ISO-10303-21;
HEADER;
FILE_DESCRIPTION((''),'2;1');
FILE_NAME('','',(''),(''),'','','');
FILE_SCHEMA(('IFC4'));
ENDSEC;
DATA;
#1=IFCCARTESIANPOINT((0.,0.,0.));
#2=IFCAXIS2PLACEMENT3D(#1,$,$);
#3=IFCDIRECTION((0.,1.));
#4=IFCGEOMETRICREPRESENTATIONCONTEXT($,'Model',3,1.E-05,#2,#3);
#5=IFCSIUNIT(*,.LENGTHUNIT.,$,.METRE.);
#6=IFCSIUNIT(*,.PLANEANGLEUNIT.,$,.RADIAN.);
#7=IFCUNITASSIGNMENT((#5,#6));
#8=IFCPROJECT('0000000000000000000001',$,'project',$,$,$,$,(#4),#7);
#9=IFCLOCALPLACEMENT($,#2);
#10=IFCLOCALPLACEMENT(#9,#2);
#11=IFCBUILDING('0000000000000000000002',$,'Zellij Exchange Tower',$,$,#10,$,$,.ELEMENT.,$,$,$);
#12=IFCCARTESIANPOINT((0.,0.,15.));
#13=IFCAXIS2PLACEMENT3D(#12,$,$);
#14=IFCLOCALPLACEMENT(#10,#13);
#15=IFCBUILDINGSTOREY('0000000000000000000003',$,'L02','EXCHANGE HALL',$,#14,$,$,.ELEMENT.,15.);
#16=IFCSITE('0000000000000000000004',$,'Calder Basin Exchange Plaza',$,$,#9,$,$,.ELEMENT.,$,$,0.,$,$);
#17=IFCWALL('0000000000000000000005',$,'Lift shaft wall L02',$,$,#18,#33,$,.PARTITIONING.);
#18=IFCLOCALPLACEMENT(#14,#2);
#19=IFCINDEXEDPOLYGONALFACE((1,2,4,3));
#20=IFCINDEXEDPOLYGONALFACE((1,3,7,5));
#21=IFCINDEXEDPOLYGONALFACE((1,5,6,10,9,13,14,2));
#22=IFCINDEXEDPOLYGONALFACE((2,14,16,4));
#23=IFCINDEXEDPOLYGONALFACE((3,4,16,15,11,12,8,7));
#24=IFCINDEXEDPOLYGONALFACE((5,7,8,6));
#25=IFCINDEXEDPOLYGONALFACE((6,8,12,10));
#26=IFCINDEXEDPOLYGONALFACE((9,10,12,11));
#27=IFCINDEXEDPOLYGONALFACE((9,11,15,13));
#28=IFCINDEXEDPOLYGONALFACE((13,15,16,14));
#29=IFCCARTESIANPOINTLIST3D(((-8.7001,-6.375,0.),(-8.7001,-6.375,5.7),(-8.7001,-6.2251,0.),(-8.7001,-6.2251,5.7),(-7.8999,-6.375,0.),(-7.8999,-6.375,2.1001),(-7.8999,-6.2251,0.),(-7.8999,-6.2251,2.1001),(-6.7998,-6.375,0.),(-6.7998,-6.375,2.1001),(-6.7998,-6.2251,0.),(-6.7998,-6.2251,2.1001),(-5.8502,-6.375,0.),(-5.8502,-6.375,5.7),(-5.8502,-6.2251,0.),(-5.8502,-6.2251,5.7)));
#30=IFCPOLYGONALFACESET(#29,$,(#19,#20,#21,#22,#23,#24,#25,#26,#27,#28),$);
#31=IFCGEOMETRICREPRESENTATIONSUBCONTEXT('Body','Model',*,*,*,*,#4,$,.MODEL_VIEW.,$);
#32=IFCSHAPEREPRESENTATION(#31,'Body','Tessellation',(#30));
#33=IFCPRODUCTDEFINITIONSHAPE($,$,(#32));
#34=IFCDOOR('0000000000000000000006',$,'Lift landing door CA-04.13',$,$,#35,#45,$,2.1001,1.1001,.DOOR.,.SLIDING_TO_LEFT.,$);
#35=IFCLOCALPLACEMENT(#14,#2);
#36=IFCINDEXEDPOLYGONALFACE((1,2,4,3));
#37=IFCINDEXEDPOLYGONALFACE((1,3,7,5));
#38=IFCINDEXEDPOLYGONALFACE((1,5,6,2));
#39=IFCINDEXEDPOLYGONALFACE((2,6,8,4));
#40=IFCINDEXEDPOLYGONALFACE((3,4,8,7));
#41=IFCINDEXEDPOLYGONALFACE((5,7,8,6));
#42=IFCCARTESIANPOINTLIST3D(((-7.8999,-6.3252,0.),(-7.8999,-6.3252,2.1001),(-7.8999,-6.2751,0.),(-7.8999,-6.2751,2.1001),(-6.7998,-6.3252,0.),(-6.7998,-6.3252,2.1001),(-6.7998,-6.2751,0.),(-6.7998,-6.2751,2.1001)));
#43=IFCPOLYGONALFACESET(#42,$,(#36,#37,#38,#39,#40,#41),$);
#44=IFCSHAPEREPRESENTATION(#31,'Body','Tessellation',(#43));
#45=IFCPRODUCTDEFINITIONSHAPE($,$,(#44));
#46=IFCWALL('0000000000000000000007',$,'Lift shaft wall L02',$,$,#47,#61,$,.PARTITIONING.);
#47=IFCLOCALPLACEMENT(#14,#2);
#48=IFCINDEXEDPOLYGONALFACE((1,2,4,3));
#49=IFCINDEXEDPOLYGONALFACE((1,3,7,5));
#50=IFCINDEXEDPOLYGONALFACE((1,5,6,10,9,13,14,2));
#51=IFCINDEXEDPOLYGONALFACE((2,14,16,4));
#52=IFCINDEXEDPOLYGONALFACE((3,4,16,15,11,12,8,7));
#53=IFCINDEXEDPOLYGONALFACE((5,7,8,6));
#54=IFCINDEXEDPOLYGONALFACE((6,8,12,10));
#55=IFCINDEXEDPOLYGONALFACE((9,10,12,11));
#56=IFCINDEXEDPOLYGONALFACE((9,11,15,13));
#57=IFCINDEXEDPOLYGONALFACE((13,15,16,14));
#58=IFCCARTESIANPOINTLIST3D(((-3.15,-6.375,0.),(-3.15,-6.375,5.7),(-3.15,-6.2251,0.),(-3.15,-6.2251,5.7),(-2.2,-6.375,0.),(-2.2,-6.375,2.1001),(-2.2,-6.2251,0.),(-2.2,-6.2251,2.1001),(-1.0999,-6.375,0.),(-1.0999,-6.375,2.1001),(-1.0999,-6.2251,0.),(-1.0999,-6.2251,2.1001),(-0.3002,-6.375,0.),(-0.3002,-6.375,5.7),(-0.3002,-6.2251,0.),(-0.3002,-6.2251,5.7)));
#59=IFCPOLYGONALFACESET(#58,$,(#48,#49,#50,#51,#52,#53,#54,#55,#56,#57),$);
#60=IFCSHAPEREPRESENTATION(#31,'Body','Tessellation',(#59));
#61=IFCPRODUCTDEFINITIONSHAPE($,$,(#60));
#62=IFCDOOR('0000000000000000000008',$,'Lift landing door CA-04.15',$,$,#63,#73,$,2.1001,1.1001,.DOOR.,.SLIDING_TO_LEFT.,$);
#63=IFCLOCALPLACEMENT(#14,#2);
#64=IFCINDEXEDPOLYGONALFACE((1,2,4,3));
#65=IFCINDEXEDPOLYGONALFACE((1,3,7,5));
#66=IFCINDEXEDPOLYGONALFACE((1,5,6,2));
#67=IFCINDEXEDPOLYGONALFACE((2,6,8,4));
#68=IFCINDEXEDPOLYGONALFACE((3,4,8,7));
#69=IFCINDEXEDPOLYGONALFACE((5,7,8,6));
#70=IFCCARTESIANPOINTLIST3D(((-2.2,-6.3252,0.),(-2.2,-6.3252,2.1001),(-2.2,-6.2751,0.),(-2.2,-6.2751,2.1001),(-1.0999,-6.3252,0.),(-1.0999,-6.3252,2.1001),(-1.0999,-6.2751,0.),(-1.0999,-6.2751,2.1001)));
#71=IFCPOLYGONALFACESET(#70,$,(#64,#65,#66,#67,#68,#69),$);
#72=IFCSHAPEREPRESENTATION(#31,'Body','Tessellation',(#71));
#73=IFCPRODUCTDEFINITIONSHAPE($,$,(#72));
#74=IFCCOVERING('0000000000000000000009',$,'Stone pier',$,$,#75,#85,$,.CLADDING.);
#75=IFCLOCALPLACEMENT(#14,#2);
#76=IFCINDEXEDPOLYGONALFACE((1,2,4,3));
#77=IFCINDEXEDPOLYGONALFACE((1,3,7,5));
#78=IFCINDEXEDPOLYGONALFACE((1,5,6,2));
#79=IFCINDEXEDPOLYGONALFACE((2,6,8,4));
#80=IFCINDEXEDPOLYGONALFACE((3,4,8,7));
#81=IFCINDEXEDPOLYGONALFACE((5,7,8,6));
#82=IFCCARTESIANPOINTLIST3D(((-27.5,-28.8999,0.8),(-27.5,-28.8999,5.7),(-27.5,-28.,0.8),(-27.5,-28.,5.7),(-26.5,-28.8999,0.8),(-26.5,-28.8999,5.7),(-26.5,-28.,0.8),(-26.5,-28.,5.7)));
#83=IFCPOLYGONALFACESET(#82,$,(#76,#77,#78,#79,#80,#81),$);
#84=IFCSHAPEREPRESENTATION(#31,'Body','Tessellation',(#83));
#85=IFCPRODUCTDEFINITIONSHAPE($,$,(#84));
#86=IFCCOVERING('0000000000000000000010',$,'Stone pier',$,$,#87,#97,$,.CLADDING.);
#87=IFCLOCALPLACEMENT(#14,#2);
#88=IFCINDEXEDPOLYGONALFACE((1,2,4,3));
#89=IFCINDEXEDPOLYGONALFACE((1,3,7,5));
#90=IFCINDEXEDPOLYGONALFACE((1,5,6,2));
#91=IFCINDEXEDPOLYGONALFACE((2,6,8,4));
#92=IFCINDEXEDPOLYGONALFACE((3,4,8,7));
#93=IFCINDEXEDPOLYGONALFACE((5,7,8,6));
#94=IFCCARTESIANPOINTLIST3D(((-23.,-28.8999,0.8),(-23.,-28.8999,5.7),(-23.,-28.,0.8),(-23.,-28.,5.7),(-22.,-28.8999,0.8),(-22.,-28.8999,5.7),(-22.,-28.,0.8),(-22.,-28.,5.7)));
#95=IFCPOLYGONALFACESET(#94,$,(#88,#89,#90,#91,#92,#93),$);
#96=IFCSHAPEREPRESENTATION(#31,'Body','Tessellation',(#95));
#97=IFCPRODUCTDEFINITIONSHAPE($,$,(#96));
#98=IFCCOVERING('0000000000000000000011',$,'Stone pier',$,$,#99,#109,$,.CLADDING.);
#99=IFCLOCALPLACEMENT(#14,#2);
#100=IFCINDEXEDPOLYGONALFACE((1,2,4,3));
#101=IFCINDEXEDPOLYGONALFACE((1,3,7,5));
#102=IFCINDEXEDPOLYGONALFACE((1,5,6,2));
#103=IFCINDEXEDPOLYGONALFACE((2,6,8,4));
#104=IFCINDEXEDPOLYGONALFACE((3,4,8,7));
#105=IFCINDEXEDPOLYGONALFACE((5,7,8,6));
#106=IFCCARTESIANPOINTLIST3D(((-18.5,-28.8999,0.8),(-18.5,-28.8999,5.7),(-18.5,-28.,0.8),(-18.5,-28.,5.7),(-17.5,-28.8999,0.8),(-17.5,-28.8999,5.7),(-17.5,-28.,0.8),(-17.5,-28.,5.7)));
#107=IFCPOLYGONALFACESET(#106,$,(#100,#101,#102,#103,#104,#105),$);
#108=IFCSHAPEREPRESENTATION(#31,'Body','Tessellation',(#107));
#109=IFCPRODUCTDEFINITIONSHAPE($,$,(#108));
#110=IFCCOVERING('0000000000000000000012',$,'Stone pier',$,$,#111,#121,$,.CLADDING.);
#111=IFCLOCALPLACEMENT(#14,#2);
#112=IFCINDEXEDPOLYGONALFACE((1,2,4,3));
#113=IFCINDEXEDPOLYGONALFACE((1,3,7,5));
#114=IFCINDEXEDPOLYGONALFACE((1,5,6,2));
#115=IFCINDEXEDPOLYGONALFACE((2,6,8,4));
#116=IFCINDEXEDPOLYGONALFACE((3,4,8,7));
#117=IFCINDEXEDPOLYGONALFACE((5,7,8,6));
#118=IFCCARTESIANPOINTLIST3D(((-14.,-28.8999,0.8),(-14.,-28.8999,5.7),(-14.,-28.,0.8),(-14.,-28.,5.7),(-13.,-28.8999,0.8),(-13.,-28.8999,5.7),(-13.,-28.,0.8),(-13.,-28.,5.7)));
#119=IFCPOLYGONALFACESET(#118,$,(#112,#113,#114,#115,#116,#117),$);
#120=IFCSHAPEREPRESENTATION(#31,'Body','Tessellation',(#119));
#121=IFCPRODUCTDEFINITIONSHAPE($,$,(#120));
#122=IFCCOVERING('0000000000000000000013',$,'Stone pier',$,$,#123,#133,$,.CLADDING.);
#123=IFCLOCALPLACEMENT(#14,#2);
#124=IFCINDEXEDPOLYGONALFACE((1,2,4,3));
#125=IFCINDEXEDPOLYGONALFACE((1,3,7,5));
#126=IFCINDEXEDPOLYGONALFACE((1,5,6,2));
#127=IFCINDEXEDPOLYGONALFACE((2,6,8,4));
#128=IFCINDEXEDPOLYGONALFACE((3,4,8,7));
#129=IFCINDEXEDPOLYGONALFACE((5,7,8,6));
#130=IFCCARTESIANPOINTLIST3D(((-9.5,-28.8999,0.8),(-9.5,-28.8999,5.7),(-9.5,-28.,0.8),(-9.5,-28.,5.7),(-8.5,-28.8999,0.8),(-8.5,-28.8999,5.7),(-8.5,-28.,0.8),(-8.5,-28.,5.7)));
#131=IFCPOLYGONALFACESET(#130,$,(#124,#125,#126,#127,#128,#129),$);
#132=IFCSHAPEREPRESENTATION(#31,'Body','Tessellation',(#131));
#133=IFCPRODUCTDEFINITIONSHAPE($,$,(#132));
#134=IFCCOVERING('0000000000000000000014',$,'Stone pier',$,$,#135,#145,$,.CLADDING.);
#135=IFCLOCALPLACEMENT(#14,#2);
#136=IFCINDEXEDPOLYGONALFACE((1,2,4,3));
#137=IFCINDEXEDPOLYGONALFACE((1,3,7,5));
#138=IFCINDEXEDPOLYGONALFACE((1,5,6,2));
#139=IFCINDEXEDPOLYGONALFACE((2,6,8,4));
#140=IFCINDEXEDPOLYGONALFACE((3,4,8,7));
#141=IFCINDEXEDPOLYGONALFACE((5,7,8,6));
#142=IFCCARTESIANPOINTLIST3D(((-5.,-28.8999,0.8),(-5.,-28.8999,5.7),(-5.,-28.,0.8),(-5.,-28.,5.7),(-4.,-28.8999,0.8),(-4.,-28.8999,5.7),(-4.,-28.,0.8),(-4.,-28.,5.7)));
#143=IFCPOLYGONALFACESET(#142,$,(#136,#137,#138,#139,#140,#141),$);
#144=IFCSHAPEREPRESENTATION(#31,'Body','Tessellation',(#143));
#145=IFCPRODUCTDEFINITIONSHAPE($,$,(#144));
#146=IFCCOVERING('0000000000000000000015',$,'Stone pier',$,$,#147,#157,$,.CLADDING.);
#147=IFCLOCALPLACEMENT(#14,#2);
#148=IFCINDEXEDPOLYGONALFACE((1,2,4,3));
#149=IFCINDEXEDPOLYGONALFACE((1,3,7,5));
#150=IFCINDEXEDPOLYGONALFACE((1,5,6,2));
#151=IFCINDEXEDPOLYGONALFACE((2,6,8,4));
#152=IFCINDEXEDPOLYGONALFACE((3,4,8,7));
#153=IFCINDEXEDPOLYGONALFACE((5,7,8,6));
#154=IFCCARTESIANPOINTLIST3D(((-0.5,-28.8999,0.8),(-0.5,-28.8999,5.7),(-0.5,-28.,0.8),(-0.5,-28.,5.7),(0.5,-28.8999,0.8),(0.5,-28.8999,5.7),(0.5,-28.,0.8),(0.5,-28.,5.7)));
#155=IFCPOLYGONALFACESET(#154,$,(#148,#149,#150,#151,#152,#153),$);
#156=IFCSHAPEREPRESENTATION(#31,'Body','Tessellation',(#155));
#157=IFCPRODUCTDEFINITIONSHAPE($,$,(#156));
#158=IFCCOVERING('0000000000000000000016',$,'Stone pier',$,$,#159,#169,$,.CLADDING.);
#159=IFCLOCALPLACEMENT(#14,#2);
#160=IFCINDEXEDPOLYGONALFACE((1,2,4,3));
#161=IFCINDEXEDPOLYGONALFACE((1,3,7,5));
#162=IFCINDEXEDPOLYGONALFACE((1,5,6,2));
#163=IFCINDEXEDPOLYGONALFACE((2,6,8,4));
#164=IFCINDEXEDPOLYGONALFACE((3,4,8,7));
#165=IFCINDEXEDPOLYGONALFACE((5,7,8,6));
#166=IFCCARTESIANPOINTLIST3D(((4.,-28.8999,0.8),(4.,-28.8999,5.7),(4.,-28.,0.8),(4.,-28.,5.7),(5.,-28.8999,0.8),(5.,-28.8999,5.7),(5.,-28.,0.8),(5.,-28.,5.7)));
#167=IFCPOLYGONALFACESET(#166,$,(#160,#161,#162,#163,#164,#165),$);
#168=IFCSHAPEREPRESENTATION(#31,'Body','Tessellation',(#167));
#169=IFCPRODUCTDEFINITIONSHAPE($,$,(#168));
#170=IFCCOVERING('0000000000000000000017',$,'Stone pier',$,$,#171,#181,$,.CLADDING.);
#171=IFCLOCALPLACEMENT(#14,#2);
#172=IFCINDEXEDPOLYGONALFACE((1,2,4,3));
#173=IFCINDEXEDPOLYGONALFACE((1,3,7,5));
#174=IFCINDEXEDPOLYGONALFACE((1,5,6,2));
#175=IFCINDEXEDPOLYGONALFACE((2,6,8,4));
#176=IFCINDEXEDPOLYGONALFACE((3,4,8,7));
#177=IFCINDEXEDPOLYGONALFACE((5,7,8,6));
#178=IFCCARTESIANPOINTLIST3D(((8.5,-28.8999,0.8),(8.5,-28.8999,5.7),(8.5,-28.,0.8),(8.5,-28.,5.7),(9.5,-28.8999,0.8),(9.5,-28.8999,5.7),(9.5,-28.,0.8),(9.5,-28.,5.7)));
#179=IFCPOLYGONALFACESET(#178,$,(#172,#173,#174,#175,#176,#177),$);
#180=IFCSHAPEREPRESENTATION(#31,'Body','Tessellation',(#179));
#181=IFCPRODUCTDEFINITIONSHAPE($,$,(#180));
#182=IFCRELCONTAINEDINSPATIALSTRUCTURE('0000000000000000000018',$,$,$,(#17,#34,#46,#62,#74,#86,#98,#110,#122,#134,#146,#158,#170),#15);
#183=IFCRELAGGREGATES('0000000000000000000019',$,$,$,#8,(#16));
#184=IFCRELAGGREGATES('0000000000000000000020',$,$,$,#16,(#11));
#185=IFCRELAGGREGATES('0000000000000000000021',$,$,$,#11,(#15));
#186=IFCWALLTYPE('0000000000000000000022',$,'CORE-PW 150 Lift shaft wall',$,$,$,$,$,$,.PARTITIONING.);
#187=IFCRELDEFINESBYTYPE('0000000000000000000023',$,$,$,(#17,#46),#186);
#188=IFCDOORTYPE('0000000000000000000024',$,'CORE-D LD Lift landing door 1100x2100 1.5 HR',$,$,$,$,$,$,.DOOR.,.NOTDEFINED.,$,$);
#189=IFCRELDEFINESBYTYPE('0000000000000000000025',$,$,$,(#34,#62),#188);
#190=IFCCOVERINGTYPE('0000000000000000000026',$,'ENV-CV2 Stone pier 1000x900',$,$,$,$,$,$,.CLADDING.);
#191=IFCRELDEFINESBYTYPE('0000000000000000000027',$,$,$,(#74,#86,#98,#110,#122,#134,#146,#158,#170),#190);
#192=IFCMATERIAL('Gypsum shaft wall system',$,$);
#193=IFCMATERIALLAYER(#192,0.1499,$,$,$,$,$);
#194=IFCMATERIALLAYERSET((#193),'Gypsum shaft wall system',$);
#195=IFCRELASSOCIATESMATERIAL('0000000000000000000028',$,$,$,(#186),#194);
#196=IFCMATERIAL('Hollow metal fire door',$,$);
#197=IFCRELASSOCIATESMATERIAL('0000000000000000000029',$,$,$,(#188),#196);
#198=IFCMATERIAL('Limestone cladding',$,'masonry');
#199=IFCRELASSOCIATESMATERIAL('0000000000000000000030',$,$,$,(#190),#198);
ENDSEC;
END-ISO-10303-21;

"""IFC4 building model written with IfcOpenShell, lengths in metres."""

from ifc_helpers import new_model, si_unit, direction, frame, frame_2d, origin, place, context, subcontext, project, spatial, polyline, rectangle, outline, extrude, material, layer, layer_set, type_object, element, fill, save


model = new_model("IFC4")

# Units and contexts
model_context = context("Model", 3, precision=1e-05, world=origin(), true_north=direction((0.0, 1.0)))
body_context = subcontext(model_context, "Body", "Model", "MODEL_VIEW")
ifc_project = project(units=[si_unit("LENGTHUNIT", "METRE"), si_unit("PLANEANGLEUNIT", "RADIAN")], contexts=[model_context])

# Site, building, storey
site_placement = place(None, origin())
site = spatial("IfcSite", under=ifc_project, at=site_placement, Name="Calder Basin Exchange Plaza", CompositionType="ELEMENT", RefElevation=0.0)
building_placement = place(site_placement, origin())
building = spatial("IfcBuilding", under=site, at=building_placement, Name="Zellij Exchange Tower", CompositionType="ELEMENT")
storey_placement = place(building_placement, frame((0.0, 0.0, 15.0)))
storey = spatial("IfcBuildingStorey", under=building, at=storey_placement, Name="L02", Description="EXCHANGE HALL", CompositionType="ELEMENT", Elevation=15.0)

# Shared definitions
ifc_material_1 = material(Name="Gypsum shaft wall system")
ifc_layer_1 = layer(ifc_material_1, 0.1499)
ifc_layer_set_1 = layer_set([ifc_layer_1], Name="Gypsum shaft wall system")
wall_type = type_object("IfcWallType", Name="CORE-PW 150 Lift shaft wall", PredefinedType="PARTITIONING", material=ifc_layer_set_1)

# Walls, openings, doors
wall_1_placement = place(storey_placement, frame((-8.7, -6.3, 0.0), z_axis=(0.0, 0.0, 1.0), x_axis=(1.0, 0.0, 0.0)))
wall_1 = element("IfcWall", 1, at=wall_1_placement, inside=storey, type_object=wall_type, Name="Lift shaft wall L02", PredefinedType="PARTITIONING", context=body_context, shape_type="SweptSolid", body=[
    extrude(rectangle(XDim=2.8499, YDim=0.1499, at=frame_2d((1.4248, 0.0))), origin(), (0.0, 0.0, 1.0), 5.7),
])
opening_1_placement = place(wall_1_placement, frame((0.8, 0.0, 0.0)))
opening_1 = element("IfcOpeningElement", 2, at=opening_1_placement, cuts=wall_1, PredefinedType="OPENING", context=body_context, shape_type="SweptSolid", body=[
    extrude(rectangle(XDim=1.1001, YDim=2.1001, at=frame_2d((0.55, 1.05))), frame((0.0, 0.0869, 0.0), z_axis=(0.0, -1.0, 0.0), x_axis=(1.0, 0.0, 0.0)), (0.0, 0.0, 1.0), 0.1738),
])
ifc_material_2 = material(Name="Hollow metal fire door")
door_type = type_object("IfcDoorType", Name="CORE-D LD Lift landing door 1100x2100 1.5 HR", OperationType="NOTDEFINED", PredefinedType="DOOR", material=ifc_material_2)
door_1_placement = place(opening_1_placement, origin())
door_1 = element("IfcDoor", 3, at=door_1_placement, inside=storey, type_object=door_type, Name="Lift landing door CA-04.13", OperationType="SLIDING_TO_LEFT", OverallHeight=2.1001, OverallWidth=1.1001, PredefinedType="DOOR", context=body_context, shape_type="SweptSolid", body=[
    extrude(rectangle(XDim=1.1001, YDim=2.1001, at=frame_2d((0.55, 1.05))), frame((0.0, 0.0249, 0.0), z_axis=(0.0, -1.0, 0.0), x_axis=(1.0, 0.0, 0.0)), (0.0, 0.0, 1.0), 0.05),
])
fill(opening_1, door_1)
wall_2_placement = place(storey_placement, frame((-3.1499, -6.3, 0.0), z_axis=(0.0, 0.0, 1.0), x_axis=(1.0, 0.0, 0.0)))
wall_2 = element("IfcWall", 4, at=wall_2_placement, inside=storey, type_object=wall_type, Name="Lift shaft wall L02", PredefinedType="PARTITIONING", context=body_context, shape_type="SweptSolid", body=[
    extrude(rectangle(XDim=2.8499, YDim=0.1499, at=frame_2d((1.4248, 0.0))), origin(), (0.0, 0.0, 1.0), 5.7),
])
opening_2_placement = place(wall_2_placement, frame((0.95, 0.0, 0.0)))
opening_2 = element("IfcOpeningElement", 5, at=opening_2_placement, cuts=wall_2, PredefinedType="OPENING", context=body_context, shape_type="SweptSolid", body=[
    extrude(rectangle(XDim=1.1001, YDim=2.1001, at=frame_2d((0.55, 1.05))), frame((0.0, 0.0869, 0.0), z_axis=(0.0, -1.0, 0.0), x_axis=(1.0, 0.0, 0.0)), (0.0, 0.0, 1.0), 0.1738),
])
door_2_placement = place(opening_2_placement, origin())
door_2 = element("IfcDoor", 6, at=door_2_placement, inside=storey, type_object=door_type, Name="Lift landing door CA-04.15", OperationType="SLIDING_TO_LEFT", OverallHeight=2.1001, OverallWidth=1.1001, PredefinedType="DOOR", context=body_context, shape_type="SweptSolid", body=[
    extrude(rectangle(XDim=1.1001, YDim=2.1001, at=frame_2d((0.55, 1.05))), frame((0.0, 0.0249, 0.0), z_axis=(0.0, -1.0, 0.0), x_axis=(1.0, 0.0, 0.0)), (0.0, 0.0, 1.0), 0.05),
])
fill(opening_2, door_2)

# Coverings
ifc_material_3 = material(Name="Limestone cladding", Category="masonry")
covering_type = type_object("IfcCoveringType", Name="ENV-CV2 Stone pier 1000x900", PredefinedType="CLADDING", material=ifc_material_3)
covering_1_placement = place(storey_placement, frame((0.0, 0.0, 0.8)))
element("IfcCovering", 7, at=covering_1_placement, inside=storey, type_object=covering_type, Name="Stone pier", PredefinedType="CLADDING", context=body_context, shape_type="SweptSolid", body=[
    extrude(outline(polyline([(-27.5, -28.0), (-26.5, -28.0), (-26.5, -28.8999), (-27.5, -28.8999), (-27.5, -28.0)])), origin(), (0.0, 0.0, 1.0), 4.8999),
])
covering_2_placement = place(storey_placement, frame((0.0, 0.0, 0.8)))
element("IfcCovering", 8, at=covering_2_placement, inside=storey, type_object=covering_type, Name="Stone pier", PredefinedType="CLADDING", context=body_context, shape_type="SweptSolid", body=[
    extrude(outline(polyline([(-23.0, -28.0), (-22.0, -28.0), (-22.0, -28.8999), (-23.0, -28.8999), (-23.0, -28.0)])), origin(), (0.0, 0.0, 1.0), 4.8999),
])
covering_3_placement = place(storey_placement, frame((0.0, 0.0, 0.8)))
element("IfcCovering", 9, at=covering_3_placement, inside=storey, type_object=covering_type, Name="Stone pier", PredefinedType="CLADDING", context=body_context, shape_type="SweptSolid", body=[
    extrude(outline(polyline([(-18.5, -28.0), (-17.5, -28.0), (-17.5, -28.8999), (-18.5, -28.8999), (-18.5, -28.0)])), origin(), (0.0, 0.0, 1.0), 4.8999),
])
covering_4_placement = place(storey_placement, frame((0.0, 0.0, 0.8)))
element("IfcCovering", 10, at=covering_4_placement, inside=storey, type_object=covering_type, Name="Stone pier", PredefinedType="CLADDING", context=body_context, shape_type="SweptSolid", body=[
    extrude(outline(polyline([(-14.0, -28.0), (-13.0, -28.0), (-13.0, -28.8999), (-14.0, -28.8999), (-14.0, -28.0)])), origin(), (0.0, 0.0, 1.0), 4.8999),
])
covering_5_placement = place(storey_placement, frame((0.0, 0.0, 0.8)))
element("IfcCovering", 11, at=covering_5_placement, inside=storey, type_object=covering_type, Name="Stone pier", PredefinedType="CLADDING", context=body_context, shape_type="SweptSolid", body=[
    extrude(outline(polyline([(-9.5, -28.0), (-8.5, -28.0), (-8.5, -28.8999), (-9.5, -28.8999), (-9.5, -28.0)])), origin(), (0.0, 0.0, 1.0), 4.8999),
])
covering_6_placement = place(storey_placement, frame((0.0, 0.0, 0.8)))
element("IfcCovering", 12, at=covering_6_placement, inside=storey, type_object=covering_type, Name="Stone pier", PredefinedType="CLADDING", context=body_context, shape_type="SweptSolid", body=[
    extrude(outline(polyline([(-5.0, -28.0), (-4.0, -28.0), (-4.0, -28.8999), (-5.0, -28.8999), (-5.0, -28.0)])), origin(), (0.0, 0.0, 1.0), 4.8999),
])
covering_7_placement = place(storey_placement, frame((0.0, 0.0, 0.8)))
element("IfcCovering", 13, at=covering_7_placement, inside=storey, type_object=covering_type, Name="Stone pier", PredefinedType="CLADDING", context=body_context, shape_type="SweptSolid", body=[
    extrude(outline(polyline([(-0.5, -28.0), (0.5, -28.0), (0.5, -28.8999), (-0.5, -28.8999), (-0.5, -28.0)])), origin(), (0.0, 0.0, 1.0), 4.8999),
])
covering_8_placement = place(storey_placement, frame((0.0, 0.0, 0.8)))
element("IfcCovering", 14, at=covering_8_placement, inside=storey, type_object=covering_type, Name="Stone pier", PredefinedType="CLADDING", context=body_context, shape_type="SweptSolid", body=[
    extrude(outline(polyline([(4.0, -28.0), (5.0, -28.0), (5.0, -28.8999), (4.0, -28.8999), (4.0, -28.0)])), origin(), (0.0, 0.0, 1.0), 4.8999),
])
covering_9_placement = place(storey_placement, frame((0.0, 0.0, 0.8)))
element("IfcCovering", 15, at=covering_9_placement, inside=storey, type_object=covering_type, Name="Stone pier", PredefinedType="CLADDING", context=body_context, shape_type="SweptSolid", body=[
    extrude(outline(polyline([(8.5, -28.0), (9.5, -28.0), (9.5, -28.8999), (8.5, -28.8999), (8.5, -28.0)])), origin(), (0.0, 0.0, 1.0), 4.8999),
])

save(model, "model.ifc")
